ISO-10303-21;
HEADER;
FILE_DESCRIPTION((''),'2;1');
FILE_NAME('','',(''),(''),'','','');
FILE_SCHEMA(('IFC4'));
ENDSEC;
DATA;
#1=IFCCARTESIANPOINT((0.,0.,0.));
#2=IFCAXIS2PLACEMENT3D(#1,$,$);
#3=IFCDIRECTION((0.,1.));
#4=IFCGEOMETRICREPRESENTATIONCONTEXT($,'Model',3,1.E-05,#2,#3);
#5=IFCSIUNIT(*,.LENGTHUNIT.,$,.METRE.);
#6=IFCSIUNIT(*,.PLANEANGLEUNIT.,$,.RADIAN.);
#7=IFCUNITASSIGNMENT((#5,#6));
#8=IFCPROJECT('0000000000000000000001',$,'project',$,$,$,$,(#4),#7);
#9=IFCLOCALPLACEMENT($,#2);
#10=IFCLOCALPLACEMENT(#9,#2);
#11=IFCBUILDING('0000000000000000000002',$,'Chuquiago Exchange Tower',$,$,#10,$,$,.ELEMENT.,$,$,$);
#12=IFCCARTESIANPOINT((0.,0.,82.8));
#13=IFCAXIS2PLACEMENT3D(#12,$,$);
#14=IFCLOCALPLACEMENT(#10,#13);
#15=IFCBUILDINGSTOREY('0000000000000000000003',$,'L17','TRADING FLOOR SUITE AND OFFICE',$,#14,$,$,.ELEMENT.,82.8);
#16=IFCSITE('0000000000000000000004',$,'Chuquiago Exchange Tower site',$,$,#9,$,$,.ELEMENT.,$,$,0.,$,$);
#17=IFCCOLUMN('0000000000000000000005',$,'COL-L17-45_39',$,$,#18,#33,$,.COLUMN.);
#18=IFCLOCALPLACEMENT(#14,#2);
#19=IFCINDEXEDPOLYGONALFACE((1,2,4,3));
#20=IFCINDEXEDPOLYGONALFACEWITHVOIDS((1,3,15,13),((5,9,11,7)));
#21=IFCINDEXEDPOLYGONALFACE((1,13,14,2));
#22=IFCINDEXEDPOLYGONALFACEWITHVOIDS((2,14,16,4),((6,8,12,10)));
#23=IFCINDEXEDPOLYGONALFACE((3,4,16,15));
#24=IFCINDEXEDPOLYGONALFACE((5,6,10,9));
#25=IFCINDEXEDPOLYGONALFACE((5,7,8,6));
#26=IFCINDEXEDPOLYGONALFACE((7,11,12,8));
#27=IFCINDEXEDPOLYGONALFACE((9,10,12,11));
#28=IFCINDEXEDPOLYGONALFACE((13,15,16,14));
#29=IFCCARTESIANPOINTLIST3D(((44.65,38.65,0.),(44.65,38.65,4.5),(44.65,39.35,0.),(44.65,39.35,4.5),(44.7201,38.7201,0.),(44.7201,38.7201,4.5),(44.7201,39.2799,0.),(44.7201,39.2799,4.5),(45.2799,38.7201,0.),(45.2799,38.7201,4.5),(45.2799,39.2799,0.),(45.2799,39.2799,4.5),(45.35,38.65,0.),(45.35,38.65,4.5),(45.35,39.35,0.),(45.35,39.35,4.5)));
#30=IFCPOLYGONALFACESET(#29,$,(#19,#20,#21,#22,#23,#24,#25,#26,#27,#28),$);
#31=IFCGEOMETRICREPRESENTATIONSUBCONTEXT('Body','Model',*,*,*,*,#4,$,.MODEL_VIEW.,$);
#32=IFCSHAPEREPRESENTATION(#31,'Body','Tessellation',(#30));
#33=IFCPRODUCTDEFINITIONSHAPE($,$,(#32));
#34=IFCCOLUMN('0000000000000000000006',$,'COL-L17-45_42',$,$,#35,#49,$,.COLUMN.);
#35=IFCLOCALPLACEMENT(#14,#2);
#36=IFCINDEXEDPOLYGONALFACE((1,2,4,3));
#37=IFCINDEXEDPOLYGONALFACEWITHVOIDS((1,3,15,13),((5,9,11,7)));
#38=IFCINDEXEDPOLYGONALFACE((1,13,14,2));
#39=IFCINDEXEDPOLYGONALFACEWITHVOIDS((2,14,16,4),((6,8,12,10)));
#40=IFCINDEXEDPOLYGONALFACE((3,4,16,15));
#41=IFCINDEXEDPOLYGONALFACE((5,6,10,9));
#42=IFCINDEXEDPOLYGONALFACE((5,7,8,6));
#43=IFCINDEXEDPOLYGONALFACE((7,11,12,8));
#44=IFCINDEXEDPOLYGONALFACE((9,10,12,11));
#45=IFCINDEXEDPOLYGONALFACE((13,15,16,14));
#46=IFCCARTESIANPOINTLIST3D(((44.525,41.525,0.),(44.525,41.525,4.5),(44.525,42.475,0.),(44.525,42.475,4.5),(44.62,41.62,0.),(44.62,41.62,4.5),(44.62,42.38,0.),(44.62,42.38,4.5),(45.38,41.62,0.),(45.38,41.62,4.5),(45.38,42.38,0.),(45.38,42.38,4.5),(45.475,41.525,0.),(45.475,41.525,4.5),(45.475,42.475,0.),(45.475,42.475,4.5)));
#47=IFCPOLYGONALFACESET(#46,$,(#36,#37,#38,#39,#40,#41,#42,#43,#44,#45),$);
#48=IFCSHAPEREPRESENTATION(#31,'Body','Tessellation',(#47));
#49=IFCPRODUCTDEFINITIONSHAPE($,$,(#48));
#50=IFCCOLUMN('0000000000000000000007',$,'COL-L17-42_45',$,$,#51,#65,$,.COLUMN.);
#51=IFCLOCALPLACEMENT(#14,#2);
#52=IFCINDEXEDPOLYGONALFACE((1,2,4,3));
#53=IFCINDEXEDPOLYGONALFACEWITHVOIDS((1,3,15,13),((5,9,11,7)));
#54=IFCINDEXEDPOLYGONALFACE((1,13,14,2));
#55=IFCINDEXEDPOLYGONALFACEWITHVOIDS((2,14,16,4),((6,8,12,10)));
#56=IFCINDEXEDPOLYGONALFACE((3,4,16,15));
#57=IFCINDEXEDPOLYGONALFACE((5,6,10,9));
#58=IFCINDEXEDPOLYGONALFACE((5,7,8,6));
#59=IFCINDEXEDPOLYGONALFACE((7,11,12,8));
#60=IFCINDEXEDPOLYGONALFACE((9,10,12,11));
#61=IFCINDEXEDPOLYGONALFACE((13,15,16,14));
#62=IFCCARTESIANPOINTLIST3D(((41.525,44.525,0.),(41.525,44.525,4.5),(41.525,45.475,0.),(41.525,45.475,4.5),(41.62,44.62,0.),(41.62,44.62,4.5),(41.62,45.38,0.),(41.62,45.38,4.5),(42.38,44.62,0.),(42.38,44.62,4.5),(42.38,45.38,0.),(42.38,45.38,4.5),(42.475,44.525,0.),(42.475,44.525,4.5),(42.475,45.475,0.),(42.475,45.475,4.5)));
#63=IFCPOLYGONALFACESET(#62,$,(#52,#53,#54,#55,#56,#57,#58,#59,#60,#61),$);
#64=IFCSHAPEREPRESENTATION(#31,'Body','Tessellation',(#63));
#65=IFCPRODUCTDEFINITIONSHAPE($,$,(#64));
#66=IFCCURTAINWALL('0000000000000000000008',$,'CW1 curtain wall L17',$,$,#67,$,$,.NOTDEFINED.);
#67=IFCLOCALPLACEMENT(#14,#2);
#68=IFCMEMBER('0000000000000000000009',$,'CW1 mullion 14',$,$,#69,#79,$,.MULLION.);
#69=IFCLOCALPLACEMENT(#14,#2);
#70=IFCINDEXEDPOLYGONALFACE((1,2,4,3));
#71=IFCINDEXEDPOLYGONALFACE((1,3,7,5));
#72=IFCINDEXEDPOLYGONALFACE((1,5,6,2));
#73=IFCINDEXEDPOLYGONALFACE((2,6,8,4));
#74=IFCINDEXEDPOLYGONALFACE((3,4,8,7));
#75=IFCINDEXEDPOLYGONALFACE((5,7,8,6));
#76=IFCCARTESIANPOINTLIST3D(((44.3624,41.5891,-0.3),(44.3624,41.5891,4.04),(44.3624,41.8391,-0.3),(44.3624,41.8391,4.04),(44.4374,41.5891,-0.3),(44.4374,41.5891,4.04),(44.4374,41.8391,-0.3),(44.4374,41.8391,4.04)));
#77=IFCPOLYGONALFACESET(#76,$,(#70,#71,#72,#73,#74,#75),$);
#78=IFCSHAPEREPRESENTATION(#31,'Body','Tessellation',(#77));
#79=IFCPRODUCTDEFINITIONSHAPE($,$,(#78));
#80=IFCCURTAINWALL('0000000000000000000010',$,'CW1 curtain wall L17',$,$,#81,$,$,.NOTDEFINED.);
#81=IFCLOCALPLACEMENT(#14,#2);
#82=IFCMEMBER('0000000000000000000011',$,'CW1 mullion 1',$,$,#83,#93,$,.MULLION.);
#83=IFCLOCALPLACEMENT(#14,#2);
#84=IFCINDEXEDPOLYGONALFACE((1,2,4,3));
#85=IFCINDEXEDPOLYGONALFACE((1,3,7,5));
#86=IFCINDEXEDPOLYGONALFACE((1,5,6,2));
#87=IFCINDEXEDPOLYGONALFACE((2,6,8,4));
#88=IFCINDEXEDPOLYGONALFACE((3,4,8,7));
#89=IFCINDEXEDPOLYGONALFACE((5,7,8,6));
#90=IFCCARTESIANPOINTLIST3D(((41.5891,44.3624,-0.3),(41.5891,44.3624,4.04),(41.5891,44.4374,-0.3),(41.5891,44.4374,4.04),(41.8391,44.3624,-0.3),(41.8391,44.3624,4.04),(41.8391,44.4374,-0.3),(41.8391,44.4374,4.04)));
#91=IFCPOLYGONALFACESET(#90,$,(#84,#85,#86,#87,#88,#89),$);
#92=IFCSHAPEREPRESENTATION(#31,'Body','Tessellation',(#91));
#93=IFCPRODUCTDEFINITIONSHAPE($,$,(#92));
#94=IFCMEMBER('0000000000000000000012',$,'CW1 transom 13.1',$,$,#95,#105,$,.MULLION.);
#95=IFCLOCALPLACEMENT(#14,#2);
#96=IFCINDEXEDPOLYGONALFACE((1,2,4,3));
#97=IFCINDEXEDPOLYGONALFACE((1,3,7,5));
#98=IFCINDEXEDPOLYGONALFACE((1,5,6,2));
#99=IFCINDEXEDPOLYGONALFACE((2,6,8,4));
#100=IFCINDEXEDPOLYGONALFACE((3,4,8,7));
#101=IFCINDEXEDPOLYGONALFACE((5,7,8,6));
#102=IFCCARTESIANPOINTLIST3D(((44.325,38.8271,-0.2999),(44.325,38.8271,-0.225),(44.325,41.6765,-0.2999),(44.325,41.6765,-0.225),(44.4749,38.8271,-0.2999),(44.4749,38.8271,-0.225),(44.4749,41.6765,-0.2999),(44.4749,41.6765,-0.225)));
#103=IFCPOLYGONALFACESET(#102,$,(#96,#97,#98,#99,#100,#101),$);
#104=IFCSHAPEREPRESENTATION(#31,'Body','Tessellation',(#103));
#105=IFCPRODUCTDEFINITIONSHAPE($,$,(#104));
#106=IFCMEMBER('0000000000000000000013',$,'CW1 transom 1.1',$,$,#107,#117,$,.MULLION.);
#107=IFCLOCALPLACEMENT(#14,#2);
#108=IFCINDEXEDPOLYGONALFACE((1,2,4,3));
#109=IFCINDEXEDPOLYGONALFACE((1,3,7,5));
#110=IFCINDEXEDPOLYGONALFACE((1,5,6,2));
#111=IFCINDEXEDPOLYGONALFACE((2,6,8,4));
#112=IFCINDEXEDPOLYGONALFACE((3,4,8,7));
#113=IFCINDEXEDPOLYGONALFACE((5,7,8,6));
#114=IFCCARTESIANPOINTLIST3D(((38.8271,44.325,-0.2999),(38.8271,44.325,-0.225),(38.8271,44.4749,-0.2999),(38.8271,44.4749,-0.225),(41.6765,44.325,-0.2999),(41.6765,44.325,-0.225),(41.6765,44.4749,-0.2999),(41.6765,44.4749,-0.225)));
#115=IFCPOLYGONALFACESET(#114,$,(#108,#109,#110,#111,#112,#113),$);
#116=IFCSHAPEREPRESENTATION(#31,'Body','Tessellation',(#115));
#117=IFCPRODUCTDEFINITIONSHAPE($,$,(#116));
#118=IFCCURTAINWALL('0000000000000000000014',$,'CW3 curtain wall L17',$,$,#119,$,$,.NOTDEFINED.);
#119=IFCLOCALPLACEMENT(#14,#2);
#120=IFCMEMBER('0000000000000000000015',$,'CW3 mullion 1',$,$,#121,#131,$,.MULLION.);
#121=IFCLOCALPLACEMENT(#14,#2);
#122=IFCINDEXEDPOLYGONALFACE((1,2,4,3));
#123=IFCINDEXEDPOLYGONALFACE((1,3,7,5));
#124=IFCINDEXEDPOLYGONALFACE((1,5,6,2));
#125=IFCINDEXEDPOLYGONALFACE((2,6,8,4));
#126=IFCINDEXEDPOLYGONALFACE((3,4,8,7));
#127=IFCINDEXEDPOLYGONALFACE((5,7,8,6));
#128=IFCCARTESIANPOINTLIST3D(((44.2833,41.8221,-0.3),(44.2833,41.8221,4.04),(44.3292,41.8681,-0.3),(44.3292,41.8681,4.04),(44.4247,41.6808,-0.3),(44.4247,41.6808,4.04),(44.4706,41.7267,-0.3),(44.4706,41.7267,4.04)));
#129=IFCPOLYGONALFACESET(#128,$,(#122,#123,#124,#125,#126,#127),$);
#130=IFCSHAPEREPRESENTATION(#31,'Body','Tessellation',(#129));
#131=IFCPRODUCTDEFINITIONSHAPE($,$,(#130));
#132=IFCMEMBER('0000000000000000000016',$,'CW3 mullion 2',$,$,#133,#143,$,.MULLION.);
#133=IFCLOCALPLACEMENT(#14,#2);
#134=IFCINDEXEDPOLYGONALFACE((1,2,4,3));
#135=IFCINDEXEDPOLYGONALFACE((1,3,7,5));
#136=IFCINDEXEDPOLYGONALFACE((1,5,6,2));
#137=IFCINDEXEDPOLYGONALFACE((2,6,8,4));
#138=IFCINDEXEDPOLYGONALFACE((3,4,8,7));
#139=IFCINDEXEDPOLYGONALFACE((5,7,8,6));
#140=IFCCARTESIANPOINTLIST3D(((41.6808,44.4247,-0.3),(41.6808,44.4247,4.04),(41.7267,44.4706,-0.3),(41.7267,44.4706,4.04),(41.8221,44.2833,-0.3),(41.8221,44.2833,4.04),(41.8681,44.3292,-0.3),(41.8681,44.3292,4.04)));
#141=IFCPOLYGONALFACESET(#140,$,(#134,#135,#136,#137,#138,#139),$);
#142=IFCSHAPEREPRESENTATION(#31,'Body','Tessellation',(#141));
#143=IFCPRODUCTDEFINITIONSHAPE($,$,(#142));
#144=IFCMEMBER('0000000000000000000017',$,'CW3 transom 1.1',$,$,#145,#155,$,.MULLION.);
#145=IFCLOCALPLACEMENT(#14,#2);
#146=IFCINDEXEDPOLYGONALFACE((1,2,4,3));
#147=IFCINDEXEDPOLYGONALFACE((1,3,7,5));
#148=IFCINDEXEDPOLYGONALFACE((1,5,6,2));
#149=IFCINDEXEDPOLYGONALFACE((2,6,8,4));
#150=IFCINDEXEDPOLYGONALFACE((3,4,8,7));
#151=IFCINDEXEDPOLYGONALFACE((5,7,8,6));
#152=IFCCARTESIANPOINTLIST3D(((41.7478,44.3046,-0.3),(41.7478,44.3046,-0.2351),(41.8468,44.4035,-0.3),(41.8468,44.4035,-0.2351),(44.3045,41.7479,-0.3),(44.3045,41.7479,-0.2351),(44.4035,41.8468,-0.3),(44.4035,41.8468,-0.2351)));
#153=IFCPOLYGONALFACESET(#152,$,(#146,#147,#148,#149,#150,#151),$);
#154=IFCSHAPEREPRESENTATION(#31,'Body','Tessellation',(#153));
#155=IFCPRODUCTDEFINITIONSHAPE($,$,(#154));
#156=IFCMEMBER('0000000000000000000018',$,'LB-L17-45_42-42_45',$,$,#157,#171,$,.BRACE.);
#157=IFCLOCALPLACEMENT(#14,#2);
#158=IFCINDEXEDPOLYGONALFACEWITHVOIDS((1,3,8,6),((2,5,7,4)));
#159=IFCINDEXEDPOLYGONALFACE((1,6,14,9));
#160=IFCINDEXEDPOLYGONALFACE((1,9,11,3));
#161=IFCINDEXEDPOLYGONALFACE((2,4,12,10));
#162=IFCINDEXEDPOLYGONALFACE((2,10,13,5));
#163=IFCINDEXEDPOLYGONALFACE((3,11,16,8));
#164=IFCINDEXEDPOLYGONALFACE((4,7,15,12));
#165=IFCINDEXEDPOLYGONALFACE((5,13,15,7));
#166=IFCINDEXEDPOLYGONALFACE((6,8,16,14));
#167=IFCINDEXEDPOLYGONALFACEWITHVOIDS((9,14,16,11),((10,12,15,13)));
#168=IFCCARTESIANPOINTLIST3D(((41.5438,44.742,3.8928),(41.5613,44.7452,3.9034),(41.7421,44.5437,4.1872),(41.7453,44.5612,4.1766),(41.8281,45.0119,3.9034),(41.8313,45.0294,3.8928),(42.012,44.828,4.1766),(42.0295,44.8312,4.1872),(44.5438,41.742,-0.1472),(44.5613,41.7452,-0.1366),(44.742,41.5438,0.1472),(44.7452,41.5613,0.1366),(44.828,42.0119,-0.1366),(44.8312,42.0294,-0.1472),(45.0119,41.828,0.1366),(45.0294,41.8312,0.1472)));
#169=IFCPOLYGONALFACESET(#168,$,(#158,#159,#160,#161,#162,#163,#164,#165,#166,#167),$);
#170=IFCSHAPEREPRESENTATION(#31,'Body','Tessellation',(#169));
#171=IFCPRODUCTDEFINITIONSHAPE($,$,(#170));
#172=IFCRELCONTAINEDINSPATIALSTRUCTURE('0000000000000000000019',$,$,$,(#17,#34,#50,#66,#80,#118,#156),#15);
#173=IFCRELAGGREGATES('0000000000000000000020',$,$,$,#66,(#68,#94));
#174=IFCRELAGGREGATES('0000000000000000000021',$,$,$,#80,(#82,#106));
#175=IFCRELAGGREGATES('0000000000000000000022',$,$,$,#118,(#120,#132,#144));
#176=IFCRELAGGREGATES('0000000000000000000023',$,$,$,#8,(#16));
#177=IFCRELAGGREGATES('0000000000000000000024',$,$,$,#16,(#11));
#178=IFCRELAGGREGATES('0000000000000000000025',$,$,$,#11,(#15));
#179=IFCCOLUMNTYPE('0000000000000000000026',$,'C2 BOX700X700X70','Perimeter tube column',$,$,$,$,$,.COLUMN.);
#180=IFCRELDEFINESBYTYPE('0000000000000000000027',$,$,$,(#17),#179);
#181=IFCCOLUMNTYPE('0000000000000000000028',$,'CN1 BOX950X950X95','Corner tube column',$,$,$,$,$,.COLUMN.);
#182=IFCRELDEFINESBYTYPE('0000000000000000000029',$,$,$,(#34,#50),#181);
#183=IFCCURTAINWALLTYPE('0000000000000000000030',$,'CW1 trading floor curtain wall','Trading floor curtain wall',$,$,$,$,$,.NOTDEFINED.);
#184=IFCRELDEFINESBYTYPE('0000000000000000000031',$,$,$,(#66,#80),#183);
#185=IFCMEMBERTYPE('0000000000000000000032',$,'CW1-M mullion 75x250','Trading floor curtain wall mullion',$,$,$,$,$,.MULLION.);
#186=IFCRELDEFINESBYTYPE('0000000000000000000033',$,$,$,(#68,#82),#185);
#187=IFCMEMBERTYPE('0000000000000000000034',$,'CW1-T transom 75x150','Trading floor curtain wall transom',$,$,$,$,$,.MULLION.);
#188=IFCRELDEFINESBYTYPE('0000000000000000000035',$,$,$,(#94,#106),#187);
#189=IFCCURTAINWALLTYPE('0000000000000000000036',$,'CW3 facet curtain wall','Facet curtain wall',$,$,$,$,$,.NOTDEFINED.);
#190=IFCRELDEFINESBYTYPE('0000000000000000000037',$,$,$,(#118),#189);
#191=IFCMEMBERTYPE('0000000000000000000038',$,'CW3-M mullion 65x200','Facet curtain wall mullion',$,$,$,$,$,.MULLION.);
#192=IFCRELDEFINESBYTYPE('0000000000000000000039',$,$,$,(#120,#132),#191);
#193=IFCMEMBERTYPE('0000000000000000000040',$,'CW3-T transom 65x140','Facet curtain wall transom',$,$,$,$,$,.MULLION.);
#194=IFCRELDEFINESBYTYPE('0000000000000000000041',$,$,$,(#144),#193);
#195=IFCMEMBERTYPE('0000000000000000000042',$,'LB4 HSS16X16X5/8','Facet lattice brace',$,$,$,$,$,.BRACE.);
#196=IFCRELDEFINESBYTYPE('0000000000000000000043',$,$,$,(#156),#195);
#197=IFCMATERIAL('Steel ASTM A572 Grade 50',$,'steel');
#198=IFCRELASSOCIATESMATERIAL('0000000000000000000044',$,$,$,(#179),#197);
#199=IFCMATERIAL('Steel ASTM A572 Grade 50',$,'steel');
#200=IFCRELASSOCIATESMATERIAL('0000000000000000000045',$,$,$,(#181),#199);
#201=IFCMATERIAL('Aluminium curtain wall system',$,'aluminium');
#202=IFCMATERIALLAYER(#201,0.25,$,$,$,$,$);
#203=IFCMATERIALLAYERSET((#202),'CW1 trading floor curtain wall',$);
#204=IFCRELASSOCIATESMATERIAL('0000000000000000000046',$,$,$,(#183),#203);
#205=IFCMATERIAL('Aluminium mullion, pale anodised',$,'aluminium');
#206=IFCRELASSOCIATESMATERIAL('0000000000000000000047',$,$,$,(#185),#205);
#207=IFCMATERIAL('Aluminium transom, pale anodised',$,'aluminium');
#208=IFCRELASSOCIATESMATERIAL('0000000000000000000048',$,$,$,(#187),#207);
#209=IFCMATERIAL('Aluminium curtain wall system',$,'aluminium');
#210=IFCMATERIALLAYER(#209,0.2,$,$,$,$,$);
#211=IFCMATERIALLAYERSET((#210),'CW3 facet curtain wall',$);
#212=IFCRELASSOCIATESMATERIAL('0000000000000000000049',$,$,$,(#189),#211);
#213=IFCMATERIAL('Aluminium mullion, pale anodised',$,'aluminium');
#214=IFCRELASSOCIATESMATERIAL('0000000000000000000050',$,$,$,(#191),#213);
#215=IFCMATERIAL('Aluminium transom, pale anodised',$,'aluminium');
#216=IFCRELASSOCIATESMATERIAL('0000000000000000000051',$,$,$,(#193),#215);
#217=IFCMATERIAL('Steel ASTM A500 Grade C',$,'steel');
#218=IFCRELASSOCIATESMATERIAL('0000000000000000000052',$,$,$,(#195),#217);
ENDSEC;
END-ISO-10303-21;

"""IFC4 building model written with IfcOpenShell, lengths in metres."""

from ifc_helpers import new_model, si_unit, direction, frame, origin, origin_2d, place, context, subcontext, project, spatial, rectangle, hollow_rectangle, extrude, material, layer, layer_set, material_profile, profile_set, type_object, element, aggregate, save


model = new_model("IFC4")

# Units and contexts
model_context = context("Model", 3, precision=1e-05, world=origin(), true_north=direction((0.0, 1.0)))
body_context = subcontext(model_context, "Body", "Model", "MODEL_VIEW")
ifc_project = project(units=[si_unit("LENGTHUNIT", "METRE"), si_unit("PLANEANGLEUNIT", "RADIAN")], contexts=[model_context])

# Site, building, storey
site_placement = place(None, origin())
site = spatial("IfcSite", under=ifc_project, at=site_placement, Name="Chuquiago Exchange Tower site", CompositionType="ELEMENT", RefElevation=0.0)
building_placement = place(site_placement, origin())
building = spatial("IfcBuilding", under=site, at=building_placement, Name="Chuquiago Exchange Tower", CompositionType="ELEMENT")
storey_placement = place(building_placement, frame((0.0, 0.0, 82.8)))
storey = spatial("IfcBuildingStorey", under=building, at=storey_placement, Name="L17", Description="TRADING FLOOR SUITE AND OFFICE", CompositionType="ELEMENT", Elevation=82.8)

# Columns
ifc_material_1 = material(Name="Steel ASTM A572 Grade 50", Category="steel")
ifc_material_profile_1 = material_profile(ifc_material_1, hollow_rectangle(XDim=0.7, YDim=0.7, WallThickness=0.0701, at=origin_2d()), Name="BOX700X700X70")
ifc_profile_set_1 = profile_set([ifc_material_profile_1], Name="Steel ASTM A572 Grade 50")
column_type_1 = type_object("IfcColumnType", Name="C2 BOX700X700X70", Description="Perimeter tube column", PredefinedType="COLUMN", material=ifc_profile_set_1)
column_placement = place(storey_placement, frame((45.0, 39.0, 0.0), z_axis=(0.0, 0.0, 1.0), x_axis=(1.0, 0.0, 0.0)))
element("IfcColumn", 1, at=column_placement, inside=storey, type_object=column_type_1, Name="COL-L17-45_39", PredefinedType="COLUMN", context=body_context, shape_type="SweptSolid", body=[
    extrude(hollow_rectangle(XDim=0.7, YDim=0.7, WallThickness=0.0701, at=origin_2d()), origin(), (0.0, 0.0, 1.0), 4.5),
])
ifc_material_2 = material(Name="Steel ASTM A572 Grade 50", Category="steel")
ifc_material_profile_2 = material_profile(ifc_material_2, hollow_rectangle(XDim=0.95, YDim=0.95, WallThickness=0.095, at=origin_2d()), Name="BOX950X950X95")
ifc_profile_set_2 = profile_set([ifc_material_profile_2], Name="Steel ASTM A572 Grade 50")
column_type_2 = type_object("IfcColumnType", Name="CN1 BOX950X950X95", Description="Corner tube column", PredefinedType="COLUMN", material=ifc_profile_set_2)
for number, where, z_axis, x_axis, name in (
    (2, (45.0, 42.0, 0.0), (0.0, 0.0, 1.0), (1.0, 0.0, 0.0), "COL-L17-45_42"),
    (3, (42.0, 45.0, 0.0), (0.0, 0.0, 1.0), (0.0, 1.0, 0.0), "COL-L17-42_45"),
):
    element("IfcColumn", number, at=place(storey_placement, frame(where, z_axis=z_axis, x_axis=x_axis)), inside=storey, type_object=column_type_2, Name=name, PredefinedType="COLUMN", context=body_context, shape_type="SweptSolid", body=[
        extrude(hollow_rectangle(XDim=0.95, YDim=0.95, WallThickness=0.095, at=origin_2d()), origin(), (0.0, 0.0, 1.0), 4.5),
    ])

# Curtain walls, members
ifc_material_3 = material(Name="Aluminium curtain wall system", Category="aluminium")
ifc_layer_1 = layer(ifc_material_3, 0.25)
ifc_layer_set_1 = layer_set([ifc_layer_1], Name="CW1 trading floor curtain wall")
curtain_wall_type_1 = type_object("IfcCurtainWallType", Name="CW1 trading floor curtain wall", Description="Trading floor curtain wall", PredefinedType="NOTDEFINED", material=ifc_layer_set_1)
curtain_wall_1_placement = place(storey_placement, origin())
curtain_wall_1 = element("IfcCurtainWall", 4, at=curtain_wall_1_placement, inside=storey, type_object=curtain_wall_type_1, Name="CW1 curtain wall L17", PredefinedType="NOTDEFINED")
ifc_material_4 = material(Name="Aluminium mullion, pale anodised", Category="aluminium")
ifc_material_profile_3 = material_profile(ifc_material_4, rectangle(XDim=0.075, YDim=0.25, at=origin_2d()), Name="AL 75x250")
ifc_profile_set_3 = profile_set([ifc_material_profile_3], Name="Aluminium mullion, pale anodised")
member_type_1 = type_object("IfcMemberType", Name="CW1-M mullion 75x250", Description="Trading floor curtain wall mullion", PredefinedType="MULLION", material=ifc_profile_set_3)
member_1_placement = place(storey_placement, frame((44.3999, 41.7141, -0.3), z_axis=(0.0, 0.0, 1.0), x_axis=(-1.0, 0.0, 0.0)))
member_1 = element("IfcMember", 5, at=member_1_placement, type_object=member_type_1, Name="CW1 mullion 14", PredefinedType="MULLION", context=body_context, shape_type="SweptSolid", body=[
    extrude(rectangle(XDim=0.075, YDim=0.25, at=origin_2d()), origin(), (0.0, 0.0, 1.0), 4.3401),
])
curtain_wall_2_placement = place(storey_placement, origin())
curtain_wall_2 = element("IfcCurtainWall", 6, at=curtain_wall_2_placement, inside=storey, type_object=curtain_wall_type_1, Name="CW1 curtain wall L17", PredefinedType="NOTDEFINED")
member_2_placement = place(storey_placement, frame((41.7141, 44.3999, -0.3), z_axis=(0.0, 0.0, 1.0), x_axis=(0.0, -1.0, 0.0)))
member_2 = element("IfcMember", 7, at=member_2_placement, type_object=member_type_1, Name="CW1 mullion 1", PredefinedType="MULLION", context=body_context, shape_type="SweptSolid", body=[
    extrude(rectangle(XDim=0.075, YDim=0.25, at=origin_2d()), origin(), (0.0, 0.0, 1.0), 4.3401),
])

# Members
ifc_material_5 = material(Name="Aluminium transom, pale anodised", Category="aluminium")
ifc_material_profile_4 = material_profile(ifc_material_5, rectangle(XDim=0.1499, YDim=0.075, at=origin_2d()), Name="AL 150x75")
ifc_profile_set_4 = profile_set([ifc_material_profile_4], Name="Aluminium transom, pale anodised")
member_type_2 = type_object("IfcMemberType", Name="CW1-T transom 75x150", Description="Trading floor curtain wall transom", PredefinedType="MULLION", material=ifc_profile_set_4)
member_3_placement = place(storey_placement, frame((44.3999, 38.8271, -0.2625), z_axis=(0.0, 1.0, 0.0), x_axis=(-1.0, 0.0, 0.0)))
member_3 = element("IfcMember", 8, at=member_3_placement, type_object=member_type_2, Name="CW1 transom 13.1", PredefinedType="MULLION", context=body_context, shape_type="SweptSolid", body=[
    extrude(rectangle(XDim=0.1499, YDim=0.075, at=origin_2d()), origin(), (0.0, 0.0, 1.0), 2.8494),
])
member_4_placement = place(storey_placement, frame((41.6765, 44.3999, -0.2625), z_axis=(-1.0, 0.0, 0.0), x_axis=(0.0, -1.0, 0.0)))
member_4 = element("IfcMember", 9, at=member_4_placement, type_object=member_type_2, Name="CW1 transom 1.1", PredefinedType="MULLION", context=body_context, shape_type="SweptSolid", body=[
    extrude(rectangle(XDim=0.1499, YDim=0.075, at=origin_2d()), origin(), (0.0, 0.0, 1.0), 2.8494),
])

# Curtain wall, members
ifc_material_6 = material(Name="Aluminium curtain wall system", Category="aluminium")
ifc_layer_2 = layer(ifc_material_6, 0.2)
ifc_layer_set_2 = layer_set([ifc_layer_2], Name="CW3 facet curtain wall")
curtain_wall_type_2 = type_object("IfcCurtainWallType", Name="CW3 facet curtain wall", Description="Facet curtain wall", PredefinedType="NOTDEFINED", material=ifc_layer_set_2)
curtain_wall_3_placement = place(storey_placement, origin())
curtain_wall_3 = element("IfcCurtainWall", 10, at=curtain_wall_3_placement, inside=storey, type_object=curtain_wall_type_2, Name="CW3 curtain wall L17", PredefinedType="NOTDEFINED")
ifc_material_7 = material(Name="Aluminium mullion, pale anodised", Category="aluminium")
ifc_material_profile_5 = material_profile(ifc_material_7, rectangle(XDim=0.0649, YDim=0.2, at=origin_2d()), Name="AL 65x200")
ifc_profile_set_5 = profile_set([ifc_material_profile_5], Name="Aluminium mullion, pale anodised")
member_type_3 = type_object("IfcMemberType", Name="CW3-M mullion 65x200", Description="Facet curtain wall mullion", PredefinedType="MULLION", material=ifc_profile_set_5)
member_5_placement = place(storey_placement, frame((44.377, 41.7744, -0.3), z_axis=(0.0, 0.0, 1.0), x_axis=(-0.707107, -0.707107, 0.0)))
member_5 = element("IfcMember", 11, at=member_5_placement, type_object=member_type_3, Name="CW3 mullion 1", PredefinedType="MULLION", context=body_context, shape_type="SweptSolid", body=[
    extrude(rectangle(XDim=0.0649, YDim=0.2, at=origin_2d()), origin(), (0.0, 0.0, 1.0), 4.3401),
])
member_6_placement = place(storey_placement, frame((41.7744, 44.377, -0.3), z_axis=(0.0, 0.0, 1.0), x_axis=(-0.707107, -0.707107, 0.0)))
member_6 = element("IfcMember", 12, at=member_6_placement, type_object=member_type_3, Name="CW3 mullion 2", PredefinedType="MULLION", context=body_context, shape_type="SweptSolid", body=[
    extrude(rectangle(XDim=0.0649, YDim=0.2, at=origin_2d()), origin(), (0.0, 0.0, 1.0), 4.3401),
])
ifc_material_8 = material(Name="Aluminium transom, pale anodised", Category="aluminium")
ifc_material_profile_6 = material_profile(ifc_material_8, rectangle(XDim=0.1399, YDim=0.0649, at=origin_2d()), Name="AL 140x65")
ifc_profile_set_6 = profile_set([ifc_material_profile_6], Name="Aluminium transom, pale anodised")
member_type_4 = type_object("IfcMemberType", Name="CW3-T transom 65x140", Description="Facet curtain wall transom", PredefinedType="MULLION", material=ifc_profile_set_6)
member_7_placement = place(storey_placement, frame((44.354, 41.7974, -0.2676), z_axis=(-0.707107, 0.707107, 0.0), x_axis=(-0.707107, -0.707107, 0.0)))
member_7 = element("IfcMember", 13, at=member_7_placement, type_object=member_type_4, Name="CW3 transom 1.1", PredefinedType="MULLION", context=body_context, shape_type="SweptSolid", body=[
    extrude(rectangle(XDim=0.1399, YDim=0.0649, at=origin_2d()), origin(), (0.0, 0.0, 1.0), 3.6157),
])

# Member
ifc_material_9 = material(Name="Steel ASTM A500 Grade C", Category="steel")
ifc_material_profile_7 = material_profile(ifc_material_9, hollow_rectangle(XDim=0.4065, YDim=0.4065, WallThickness=0.0146, at=origin_2d()), Name="HSS16X16X5/8")
ifc_profile_set_7 = profile_set([ifc_material_profile_7], Name="Steel ASTM A500 Grade C")
member_type_5 = type_object("IfcMemberType", Name="LB4 HSS16X16X5/8", Description="Facet lattice brace", PredefinedType="BRACE", material=ifc_profile_set_7)
member_8_placement = place(storey_placement, frame((44.7866, 41.7866, 0.0), z_axis=(-0.512077, 0.512077, 0.689604), x_axis=(-0.707107, -0.707107, 0.0)))
element("IfcMember", 14, at=member_8_placement, inside=storey, type_object=member_type_5, Name="LB-L17-45_42-42_45", PredefinedType="BRACE", context=body_context, shape_type="SweptSolid", body=[
    extrude(hollow_rectangle(XDim=0.4065, YDim=0.4065, WallThickness=0.0146, at=origin_2d()), origin(), (0.0, 0.0, 1.0), 5.8584),
])

aggregate(curtain_wall_1, [member_1, member_3])
aggregate(curtain_wall_2, [member_2, member_4])
aggregate(curtain_wall_3, [member_5, member_6, member_7])

save(model, "model.ifc")
